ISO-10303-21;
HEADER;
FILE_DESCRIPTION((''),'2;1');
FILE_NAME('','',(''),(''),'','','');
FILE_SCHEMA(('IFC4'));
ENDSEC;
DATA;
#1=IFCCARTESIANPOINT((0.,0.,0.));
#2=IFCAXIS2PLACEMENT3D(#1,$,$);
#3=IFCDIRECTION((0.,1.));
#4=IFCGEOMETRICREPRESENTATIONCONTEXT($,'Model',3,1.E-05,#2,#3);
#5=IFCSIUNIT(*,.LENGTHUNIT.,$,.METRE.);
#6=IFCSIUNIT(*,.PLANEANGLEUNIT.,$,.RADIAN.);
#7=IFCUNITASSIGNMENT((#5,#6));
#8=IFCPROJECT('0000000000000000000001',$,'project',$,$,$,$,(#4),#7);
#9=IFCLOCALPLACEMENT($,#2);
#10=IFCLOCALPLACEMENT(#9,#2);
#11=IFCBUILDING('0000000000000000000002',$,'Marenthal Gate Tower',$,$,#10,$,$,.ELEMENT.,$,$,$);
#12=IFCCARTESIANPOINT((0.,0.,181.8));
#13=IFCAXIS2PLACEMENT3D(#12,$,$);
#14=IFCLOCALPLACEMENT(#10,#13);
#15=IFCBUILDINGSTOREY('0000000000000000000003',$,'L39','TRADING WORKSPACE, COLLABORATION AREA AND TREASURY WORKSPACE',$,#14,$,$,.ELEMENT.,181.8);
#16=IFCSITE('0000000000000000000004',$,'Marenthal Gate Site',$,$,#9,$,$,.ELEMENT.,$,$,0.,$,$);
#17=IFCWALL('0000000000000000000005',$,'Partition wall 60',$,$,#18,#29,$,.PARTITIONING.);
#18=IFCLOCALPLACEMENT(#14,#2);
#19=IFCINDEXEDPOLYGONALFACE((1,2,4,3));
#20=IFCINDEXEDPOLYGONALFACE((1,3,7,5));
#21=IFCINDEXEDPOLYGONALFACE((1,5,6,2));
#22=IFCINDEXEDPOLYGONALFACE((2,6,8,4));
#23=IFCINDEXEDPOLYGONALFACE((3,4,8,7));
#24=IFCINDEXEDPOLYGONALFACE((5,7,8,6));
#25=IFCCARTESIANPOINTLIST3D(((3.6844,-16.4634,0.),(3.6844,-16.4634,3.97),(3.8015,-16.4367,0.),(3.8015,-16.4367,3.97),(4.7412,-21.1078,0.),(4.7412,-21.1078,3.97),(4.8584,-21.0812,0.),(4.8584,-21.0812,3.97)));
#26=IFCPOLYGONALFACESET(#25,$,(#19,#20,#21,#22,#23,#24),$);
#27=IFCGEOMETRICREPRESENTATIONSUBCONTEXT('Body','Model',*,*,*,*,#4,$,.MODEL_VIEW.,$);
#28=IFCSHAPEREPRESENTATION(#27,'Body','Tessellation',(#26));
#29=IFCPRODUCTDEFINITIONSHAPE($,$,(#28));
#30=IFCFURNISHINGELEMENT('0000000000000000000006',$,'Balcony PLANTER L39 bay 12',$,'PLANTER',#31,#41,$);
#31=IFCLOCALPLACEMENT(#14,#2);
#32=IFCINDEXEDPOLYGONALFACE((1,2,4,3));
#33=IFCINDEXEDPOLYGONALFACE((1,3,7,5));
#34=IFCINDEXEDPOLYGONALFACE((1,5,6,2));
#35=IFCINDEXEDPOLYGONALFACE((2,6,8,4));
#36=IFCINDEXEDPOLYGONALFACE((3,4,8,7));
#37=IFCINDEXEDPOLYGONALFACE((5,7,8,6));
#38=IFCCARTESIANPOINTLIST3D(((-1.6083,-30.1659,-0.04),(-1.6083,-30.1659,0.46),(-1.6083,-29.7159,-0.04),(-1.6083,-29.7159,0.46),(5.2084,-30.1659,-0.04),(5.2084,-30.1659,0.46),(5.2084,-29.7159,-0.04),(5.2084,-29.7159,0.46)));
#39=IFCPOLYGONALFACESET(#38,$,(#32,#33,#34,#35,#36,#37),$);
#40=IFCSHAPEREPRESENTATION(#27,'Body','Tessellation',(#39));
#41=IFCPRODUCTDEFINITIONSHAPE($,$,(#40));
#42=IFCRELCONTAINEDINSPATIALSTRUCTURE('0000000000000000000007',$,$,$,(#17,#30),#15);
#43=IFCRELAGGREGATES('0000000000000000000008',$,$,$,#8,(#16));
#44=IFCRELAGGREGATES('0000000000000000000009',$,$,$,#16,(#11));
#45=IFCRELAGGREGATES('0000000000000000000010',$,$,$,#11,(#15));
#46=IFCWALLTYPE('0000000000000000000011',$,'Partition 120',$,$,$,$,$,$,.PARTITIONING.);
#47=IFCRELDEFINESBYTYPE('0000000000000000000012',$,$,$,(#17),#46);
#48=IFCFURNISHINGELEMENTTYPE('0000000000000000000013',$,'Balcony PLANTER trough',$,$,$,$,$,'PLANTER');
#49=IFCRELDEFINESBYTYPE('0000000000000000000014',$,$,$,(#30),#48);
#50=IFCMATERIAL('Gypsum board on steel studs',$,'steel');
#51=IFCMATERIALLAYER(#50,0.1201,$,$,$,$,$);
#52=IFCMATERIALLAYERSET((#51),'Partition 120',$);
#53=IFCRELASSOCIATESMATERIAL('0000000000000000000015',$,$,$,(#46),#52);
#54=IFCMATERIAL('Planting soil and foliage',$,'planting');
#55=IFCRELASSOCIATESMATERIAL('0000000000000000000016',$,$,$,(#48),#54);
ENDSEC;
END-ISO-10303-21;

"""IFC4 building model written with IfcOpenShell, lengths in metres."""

from ifc_helpers import new_model, si_unit, direction, frame, frame_2d, origin, origin_2d, place, context, subcontext, project, spatial, rectangle, extrude, material, layer, layer_set, type_object, element, save


model = new_model("IFC4")

# Units and contexts
model_context = context("Model", 3, precision=1e-05, world=origin(), true_north=direction((0.0, 1.0)))
body_context = subcontext(model_context, "Body", "Model", "MODEL_VIEW")
ifc_project = project(units=[si_unit("LENGTHUNIT", "METRE"), si_unit("PLANEANGLEUNIT", "RADIAN")], contexts=[model_context])

# Site, building, storey
site_placement = place(None, origin())
site = spatial("IfcSite", under=ifc_project, at=site_placement, Name="Marenthal Gate Site", CompositionType="ELEMENT", RefElevation=0.0)
building_placement = place(site_placement, origin())
building = spatial("IfcBuilding", under=site, at=building_placement, Name="Marenthal Gate Tower", CompositionType="ELEMENT")
storey_placement = place(building_placement, frame((0.0, 0.0, 181.8)))
storey = spatial("IfcBuildingStorey", under=building, at=storey_placement, Name="L39", Description="TRADING WORKSPACE, COLLABORATION AREA AND TREASURY WORKSPACE", CompositionType="ELEMENT", Elevation=181.8)

# Wall
ifc_material_1 = material(Name="Gypsum board on steel studs", Category="steel")
ifc_layer_1 = layer(ifc_material_1, 0.1201)
ifc_layer_set_1 = layer_set([ifc_layer_1], Name="Partition 120")
wall_type = type_object("IfcWallType", Name="Partition 120", PredefinedType="PARTITIONING", material=ifc_layer_set_1)
wall_1_placement = place(storey_placement, frame((4.7998, -21.0945, 0.0), z_axis=(0.0, 0.0, 1.0), x_axis=(-0.221883, 0.975073, 0.0)))
element("IfcWall", 1, at=wall_1_placement, inside=storey, type_object=wall_type, Name="Partition wall 60", PredefinedType="PARTITIONING", context=body_context, shape_type="SweptSolid", body=[
    extrude(rectangle(XDim=4.7632, YDim=0.1201, at=frame_2d((2.3816, 0.0))), origin(), (0.0, 0.0, 1.0), 3.97),
])

# Furnishing element
ifc_material_2 = material(Name="Planting soil and foliage", Category="planting")
furnishing_element_type = type_object("IfcFurnishingElementType", Name="Balcony PLANTER trough", ElementType="PLANTER", material=ifc_material_2)
furnishing_placement = place(storey_placement, frame((1.8, -29.9409, -0.04), z_axis=(0.0, 0.0, 1.0), x_axis=(1.0, 0.0, 0.0)))
element("IfcFurnishingElement", 2, at=furnishing_placement, inside=storey, type_object=furnishing_element_type, Name="Balcony PLANTER L39 bay 12", ObjectType="PLANTER", context=body_context, shape_type="SweptSolid", body=[
    extrude(rectangle(XDim=6.8167, YDim=0.45, at=origin_2d()), origin(), (0.0, 0.0, 1.0), 0.5),
])

save(model, "model.ifc")
